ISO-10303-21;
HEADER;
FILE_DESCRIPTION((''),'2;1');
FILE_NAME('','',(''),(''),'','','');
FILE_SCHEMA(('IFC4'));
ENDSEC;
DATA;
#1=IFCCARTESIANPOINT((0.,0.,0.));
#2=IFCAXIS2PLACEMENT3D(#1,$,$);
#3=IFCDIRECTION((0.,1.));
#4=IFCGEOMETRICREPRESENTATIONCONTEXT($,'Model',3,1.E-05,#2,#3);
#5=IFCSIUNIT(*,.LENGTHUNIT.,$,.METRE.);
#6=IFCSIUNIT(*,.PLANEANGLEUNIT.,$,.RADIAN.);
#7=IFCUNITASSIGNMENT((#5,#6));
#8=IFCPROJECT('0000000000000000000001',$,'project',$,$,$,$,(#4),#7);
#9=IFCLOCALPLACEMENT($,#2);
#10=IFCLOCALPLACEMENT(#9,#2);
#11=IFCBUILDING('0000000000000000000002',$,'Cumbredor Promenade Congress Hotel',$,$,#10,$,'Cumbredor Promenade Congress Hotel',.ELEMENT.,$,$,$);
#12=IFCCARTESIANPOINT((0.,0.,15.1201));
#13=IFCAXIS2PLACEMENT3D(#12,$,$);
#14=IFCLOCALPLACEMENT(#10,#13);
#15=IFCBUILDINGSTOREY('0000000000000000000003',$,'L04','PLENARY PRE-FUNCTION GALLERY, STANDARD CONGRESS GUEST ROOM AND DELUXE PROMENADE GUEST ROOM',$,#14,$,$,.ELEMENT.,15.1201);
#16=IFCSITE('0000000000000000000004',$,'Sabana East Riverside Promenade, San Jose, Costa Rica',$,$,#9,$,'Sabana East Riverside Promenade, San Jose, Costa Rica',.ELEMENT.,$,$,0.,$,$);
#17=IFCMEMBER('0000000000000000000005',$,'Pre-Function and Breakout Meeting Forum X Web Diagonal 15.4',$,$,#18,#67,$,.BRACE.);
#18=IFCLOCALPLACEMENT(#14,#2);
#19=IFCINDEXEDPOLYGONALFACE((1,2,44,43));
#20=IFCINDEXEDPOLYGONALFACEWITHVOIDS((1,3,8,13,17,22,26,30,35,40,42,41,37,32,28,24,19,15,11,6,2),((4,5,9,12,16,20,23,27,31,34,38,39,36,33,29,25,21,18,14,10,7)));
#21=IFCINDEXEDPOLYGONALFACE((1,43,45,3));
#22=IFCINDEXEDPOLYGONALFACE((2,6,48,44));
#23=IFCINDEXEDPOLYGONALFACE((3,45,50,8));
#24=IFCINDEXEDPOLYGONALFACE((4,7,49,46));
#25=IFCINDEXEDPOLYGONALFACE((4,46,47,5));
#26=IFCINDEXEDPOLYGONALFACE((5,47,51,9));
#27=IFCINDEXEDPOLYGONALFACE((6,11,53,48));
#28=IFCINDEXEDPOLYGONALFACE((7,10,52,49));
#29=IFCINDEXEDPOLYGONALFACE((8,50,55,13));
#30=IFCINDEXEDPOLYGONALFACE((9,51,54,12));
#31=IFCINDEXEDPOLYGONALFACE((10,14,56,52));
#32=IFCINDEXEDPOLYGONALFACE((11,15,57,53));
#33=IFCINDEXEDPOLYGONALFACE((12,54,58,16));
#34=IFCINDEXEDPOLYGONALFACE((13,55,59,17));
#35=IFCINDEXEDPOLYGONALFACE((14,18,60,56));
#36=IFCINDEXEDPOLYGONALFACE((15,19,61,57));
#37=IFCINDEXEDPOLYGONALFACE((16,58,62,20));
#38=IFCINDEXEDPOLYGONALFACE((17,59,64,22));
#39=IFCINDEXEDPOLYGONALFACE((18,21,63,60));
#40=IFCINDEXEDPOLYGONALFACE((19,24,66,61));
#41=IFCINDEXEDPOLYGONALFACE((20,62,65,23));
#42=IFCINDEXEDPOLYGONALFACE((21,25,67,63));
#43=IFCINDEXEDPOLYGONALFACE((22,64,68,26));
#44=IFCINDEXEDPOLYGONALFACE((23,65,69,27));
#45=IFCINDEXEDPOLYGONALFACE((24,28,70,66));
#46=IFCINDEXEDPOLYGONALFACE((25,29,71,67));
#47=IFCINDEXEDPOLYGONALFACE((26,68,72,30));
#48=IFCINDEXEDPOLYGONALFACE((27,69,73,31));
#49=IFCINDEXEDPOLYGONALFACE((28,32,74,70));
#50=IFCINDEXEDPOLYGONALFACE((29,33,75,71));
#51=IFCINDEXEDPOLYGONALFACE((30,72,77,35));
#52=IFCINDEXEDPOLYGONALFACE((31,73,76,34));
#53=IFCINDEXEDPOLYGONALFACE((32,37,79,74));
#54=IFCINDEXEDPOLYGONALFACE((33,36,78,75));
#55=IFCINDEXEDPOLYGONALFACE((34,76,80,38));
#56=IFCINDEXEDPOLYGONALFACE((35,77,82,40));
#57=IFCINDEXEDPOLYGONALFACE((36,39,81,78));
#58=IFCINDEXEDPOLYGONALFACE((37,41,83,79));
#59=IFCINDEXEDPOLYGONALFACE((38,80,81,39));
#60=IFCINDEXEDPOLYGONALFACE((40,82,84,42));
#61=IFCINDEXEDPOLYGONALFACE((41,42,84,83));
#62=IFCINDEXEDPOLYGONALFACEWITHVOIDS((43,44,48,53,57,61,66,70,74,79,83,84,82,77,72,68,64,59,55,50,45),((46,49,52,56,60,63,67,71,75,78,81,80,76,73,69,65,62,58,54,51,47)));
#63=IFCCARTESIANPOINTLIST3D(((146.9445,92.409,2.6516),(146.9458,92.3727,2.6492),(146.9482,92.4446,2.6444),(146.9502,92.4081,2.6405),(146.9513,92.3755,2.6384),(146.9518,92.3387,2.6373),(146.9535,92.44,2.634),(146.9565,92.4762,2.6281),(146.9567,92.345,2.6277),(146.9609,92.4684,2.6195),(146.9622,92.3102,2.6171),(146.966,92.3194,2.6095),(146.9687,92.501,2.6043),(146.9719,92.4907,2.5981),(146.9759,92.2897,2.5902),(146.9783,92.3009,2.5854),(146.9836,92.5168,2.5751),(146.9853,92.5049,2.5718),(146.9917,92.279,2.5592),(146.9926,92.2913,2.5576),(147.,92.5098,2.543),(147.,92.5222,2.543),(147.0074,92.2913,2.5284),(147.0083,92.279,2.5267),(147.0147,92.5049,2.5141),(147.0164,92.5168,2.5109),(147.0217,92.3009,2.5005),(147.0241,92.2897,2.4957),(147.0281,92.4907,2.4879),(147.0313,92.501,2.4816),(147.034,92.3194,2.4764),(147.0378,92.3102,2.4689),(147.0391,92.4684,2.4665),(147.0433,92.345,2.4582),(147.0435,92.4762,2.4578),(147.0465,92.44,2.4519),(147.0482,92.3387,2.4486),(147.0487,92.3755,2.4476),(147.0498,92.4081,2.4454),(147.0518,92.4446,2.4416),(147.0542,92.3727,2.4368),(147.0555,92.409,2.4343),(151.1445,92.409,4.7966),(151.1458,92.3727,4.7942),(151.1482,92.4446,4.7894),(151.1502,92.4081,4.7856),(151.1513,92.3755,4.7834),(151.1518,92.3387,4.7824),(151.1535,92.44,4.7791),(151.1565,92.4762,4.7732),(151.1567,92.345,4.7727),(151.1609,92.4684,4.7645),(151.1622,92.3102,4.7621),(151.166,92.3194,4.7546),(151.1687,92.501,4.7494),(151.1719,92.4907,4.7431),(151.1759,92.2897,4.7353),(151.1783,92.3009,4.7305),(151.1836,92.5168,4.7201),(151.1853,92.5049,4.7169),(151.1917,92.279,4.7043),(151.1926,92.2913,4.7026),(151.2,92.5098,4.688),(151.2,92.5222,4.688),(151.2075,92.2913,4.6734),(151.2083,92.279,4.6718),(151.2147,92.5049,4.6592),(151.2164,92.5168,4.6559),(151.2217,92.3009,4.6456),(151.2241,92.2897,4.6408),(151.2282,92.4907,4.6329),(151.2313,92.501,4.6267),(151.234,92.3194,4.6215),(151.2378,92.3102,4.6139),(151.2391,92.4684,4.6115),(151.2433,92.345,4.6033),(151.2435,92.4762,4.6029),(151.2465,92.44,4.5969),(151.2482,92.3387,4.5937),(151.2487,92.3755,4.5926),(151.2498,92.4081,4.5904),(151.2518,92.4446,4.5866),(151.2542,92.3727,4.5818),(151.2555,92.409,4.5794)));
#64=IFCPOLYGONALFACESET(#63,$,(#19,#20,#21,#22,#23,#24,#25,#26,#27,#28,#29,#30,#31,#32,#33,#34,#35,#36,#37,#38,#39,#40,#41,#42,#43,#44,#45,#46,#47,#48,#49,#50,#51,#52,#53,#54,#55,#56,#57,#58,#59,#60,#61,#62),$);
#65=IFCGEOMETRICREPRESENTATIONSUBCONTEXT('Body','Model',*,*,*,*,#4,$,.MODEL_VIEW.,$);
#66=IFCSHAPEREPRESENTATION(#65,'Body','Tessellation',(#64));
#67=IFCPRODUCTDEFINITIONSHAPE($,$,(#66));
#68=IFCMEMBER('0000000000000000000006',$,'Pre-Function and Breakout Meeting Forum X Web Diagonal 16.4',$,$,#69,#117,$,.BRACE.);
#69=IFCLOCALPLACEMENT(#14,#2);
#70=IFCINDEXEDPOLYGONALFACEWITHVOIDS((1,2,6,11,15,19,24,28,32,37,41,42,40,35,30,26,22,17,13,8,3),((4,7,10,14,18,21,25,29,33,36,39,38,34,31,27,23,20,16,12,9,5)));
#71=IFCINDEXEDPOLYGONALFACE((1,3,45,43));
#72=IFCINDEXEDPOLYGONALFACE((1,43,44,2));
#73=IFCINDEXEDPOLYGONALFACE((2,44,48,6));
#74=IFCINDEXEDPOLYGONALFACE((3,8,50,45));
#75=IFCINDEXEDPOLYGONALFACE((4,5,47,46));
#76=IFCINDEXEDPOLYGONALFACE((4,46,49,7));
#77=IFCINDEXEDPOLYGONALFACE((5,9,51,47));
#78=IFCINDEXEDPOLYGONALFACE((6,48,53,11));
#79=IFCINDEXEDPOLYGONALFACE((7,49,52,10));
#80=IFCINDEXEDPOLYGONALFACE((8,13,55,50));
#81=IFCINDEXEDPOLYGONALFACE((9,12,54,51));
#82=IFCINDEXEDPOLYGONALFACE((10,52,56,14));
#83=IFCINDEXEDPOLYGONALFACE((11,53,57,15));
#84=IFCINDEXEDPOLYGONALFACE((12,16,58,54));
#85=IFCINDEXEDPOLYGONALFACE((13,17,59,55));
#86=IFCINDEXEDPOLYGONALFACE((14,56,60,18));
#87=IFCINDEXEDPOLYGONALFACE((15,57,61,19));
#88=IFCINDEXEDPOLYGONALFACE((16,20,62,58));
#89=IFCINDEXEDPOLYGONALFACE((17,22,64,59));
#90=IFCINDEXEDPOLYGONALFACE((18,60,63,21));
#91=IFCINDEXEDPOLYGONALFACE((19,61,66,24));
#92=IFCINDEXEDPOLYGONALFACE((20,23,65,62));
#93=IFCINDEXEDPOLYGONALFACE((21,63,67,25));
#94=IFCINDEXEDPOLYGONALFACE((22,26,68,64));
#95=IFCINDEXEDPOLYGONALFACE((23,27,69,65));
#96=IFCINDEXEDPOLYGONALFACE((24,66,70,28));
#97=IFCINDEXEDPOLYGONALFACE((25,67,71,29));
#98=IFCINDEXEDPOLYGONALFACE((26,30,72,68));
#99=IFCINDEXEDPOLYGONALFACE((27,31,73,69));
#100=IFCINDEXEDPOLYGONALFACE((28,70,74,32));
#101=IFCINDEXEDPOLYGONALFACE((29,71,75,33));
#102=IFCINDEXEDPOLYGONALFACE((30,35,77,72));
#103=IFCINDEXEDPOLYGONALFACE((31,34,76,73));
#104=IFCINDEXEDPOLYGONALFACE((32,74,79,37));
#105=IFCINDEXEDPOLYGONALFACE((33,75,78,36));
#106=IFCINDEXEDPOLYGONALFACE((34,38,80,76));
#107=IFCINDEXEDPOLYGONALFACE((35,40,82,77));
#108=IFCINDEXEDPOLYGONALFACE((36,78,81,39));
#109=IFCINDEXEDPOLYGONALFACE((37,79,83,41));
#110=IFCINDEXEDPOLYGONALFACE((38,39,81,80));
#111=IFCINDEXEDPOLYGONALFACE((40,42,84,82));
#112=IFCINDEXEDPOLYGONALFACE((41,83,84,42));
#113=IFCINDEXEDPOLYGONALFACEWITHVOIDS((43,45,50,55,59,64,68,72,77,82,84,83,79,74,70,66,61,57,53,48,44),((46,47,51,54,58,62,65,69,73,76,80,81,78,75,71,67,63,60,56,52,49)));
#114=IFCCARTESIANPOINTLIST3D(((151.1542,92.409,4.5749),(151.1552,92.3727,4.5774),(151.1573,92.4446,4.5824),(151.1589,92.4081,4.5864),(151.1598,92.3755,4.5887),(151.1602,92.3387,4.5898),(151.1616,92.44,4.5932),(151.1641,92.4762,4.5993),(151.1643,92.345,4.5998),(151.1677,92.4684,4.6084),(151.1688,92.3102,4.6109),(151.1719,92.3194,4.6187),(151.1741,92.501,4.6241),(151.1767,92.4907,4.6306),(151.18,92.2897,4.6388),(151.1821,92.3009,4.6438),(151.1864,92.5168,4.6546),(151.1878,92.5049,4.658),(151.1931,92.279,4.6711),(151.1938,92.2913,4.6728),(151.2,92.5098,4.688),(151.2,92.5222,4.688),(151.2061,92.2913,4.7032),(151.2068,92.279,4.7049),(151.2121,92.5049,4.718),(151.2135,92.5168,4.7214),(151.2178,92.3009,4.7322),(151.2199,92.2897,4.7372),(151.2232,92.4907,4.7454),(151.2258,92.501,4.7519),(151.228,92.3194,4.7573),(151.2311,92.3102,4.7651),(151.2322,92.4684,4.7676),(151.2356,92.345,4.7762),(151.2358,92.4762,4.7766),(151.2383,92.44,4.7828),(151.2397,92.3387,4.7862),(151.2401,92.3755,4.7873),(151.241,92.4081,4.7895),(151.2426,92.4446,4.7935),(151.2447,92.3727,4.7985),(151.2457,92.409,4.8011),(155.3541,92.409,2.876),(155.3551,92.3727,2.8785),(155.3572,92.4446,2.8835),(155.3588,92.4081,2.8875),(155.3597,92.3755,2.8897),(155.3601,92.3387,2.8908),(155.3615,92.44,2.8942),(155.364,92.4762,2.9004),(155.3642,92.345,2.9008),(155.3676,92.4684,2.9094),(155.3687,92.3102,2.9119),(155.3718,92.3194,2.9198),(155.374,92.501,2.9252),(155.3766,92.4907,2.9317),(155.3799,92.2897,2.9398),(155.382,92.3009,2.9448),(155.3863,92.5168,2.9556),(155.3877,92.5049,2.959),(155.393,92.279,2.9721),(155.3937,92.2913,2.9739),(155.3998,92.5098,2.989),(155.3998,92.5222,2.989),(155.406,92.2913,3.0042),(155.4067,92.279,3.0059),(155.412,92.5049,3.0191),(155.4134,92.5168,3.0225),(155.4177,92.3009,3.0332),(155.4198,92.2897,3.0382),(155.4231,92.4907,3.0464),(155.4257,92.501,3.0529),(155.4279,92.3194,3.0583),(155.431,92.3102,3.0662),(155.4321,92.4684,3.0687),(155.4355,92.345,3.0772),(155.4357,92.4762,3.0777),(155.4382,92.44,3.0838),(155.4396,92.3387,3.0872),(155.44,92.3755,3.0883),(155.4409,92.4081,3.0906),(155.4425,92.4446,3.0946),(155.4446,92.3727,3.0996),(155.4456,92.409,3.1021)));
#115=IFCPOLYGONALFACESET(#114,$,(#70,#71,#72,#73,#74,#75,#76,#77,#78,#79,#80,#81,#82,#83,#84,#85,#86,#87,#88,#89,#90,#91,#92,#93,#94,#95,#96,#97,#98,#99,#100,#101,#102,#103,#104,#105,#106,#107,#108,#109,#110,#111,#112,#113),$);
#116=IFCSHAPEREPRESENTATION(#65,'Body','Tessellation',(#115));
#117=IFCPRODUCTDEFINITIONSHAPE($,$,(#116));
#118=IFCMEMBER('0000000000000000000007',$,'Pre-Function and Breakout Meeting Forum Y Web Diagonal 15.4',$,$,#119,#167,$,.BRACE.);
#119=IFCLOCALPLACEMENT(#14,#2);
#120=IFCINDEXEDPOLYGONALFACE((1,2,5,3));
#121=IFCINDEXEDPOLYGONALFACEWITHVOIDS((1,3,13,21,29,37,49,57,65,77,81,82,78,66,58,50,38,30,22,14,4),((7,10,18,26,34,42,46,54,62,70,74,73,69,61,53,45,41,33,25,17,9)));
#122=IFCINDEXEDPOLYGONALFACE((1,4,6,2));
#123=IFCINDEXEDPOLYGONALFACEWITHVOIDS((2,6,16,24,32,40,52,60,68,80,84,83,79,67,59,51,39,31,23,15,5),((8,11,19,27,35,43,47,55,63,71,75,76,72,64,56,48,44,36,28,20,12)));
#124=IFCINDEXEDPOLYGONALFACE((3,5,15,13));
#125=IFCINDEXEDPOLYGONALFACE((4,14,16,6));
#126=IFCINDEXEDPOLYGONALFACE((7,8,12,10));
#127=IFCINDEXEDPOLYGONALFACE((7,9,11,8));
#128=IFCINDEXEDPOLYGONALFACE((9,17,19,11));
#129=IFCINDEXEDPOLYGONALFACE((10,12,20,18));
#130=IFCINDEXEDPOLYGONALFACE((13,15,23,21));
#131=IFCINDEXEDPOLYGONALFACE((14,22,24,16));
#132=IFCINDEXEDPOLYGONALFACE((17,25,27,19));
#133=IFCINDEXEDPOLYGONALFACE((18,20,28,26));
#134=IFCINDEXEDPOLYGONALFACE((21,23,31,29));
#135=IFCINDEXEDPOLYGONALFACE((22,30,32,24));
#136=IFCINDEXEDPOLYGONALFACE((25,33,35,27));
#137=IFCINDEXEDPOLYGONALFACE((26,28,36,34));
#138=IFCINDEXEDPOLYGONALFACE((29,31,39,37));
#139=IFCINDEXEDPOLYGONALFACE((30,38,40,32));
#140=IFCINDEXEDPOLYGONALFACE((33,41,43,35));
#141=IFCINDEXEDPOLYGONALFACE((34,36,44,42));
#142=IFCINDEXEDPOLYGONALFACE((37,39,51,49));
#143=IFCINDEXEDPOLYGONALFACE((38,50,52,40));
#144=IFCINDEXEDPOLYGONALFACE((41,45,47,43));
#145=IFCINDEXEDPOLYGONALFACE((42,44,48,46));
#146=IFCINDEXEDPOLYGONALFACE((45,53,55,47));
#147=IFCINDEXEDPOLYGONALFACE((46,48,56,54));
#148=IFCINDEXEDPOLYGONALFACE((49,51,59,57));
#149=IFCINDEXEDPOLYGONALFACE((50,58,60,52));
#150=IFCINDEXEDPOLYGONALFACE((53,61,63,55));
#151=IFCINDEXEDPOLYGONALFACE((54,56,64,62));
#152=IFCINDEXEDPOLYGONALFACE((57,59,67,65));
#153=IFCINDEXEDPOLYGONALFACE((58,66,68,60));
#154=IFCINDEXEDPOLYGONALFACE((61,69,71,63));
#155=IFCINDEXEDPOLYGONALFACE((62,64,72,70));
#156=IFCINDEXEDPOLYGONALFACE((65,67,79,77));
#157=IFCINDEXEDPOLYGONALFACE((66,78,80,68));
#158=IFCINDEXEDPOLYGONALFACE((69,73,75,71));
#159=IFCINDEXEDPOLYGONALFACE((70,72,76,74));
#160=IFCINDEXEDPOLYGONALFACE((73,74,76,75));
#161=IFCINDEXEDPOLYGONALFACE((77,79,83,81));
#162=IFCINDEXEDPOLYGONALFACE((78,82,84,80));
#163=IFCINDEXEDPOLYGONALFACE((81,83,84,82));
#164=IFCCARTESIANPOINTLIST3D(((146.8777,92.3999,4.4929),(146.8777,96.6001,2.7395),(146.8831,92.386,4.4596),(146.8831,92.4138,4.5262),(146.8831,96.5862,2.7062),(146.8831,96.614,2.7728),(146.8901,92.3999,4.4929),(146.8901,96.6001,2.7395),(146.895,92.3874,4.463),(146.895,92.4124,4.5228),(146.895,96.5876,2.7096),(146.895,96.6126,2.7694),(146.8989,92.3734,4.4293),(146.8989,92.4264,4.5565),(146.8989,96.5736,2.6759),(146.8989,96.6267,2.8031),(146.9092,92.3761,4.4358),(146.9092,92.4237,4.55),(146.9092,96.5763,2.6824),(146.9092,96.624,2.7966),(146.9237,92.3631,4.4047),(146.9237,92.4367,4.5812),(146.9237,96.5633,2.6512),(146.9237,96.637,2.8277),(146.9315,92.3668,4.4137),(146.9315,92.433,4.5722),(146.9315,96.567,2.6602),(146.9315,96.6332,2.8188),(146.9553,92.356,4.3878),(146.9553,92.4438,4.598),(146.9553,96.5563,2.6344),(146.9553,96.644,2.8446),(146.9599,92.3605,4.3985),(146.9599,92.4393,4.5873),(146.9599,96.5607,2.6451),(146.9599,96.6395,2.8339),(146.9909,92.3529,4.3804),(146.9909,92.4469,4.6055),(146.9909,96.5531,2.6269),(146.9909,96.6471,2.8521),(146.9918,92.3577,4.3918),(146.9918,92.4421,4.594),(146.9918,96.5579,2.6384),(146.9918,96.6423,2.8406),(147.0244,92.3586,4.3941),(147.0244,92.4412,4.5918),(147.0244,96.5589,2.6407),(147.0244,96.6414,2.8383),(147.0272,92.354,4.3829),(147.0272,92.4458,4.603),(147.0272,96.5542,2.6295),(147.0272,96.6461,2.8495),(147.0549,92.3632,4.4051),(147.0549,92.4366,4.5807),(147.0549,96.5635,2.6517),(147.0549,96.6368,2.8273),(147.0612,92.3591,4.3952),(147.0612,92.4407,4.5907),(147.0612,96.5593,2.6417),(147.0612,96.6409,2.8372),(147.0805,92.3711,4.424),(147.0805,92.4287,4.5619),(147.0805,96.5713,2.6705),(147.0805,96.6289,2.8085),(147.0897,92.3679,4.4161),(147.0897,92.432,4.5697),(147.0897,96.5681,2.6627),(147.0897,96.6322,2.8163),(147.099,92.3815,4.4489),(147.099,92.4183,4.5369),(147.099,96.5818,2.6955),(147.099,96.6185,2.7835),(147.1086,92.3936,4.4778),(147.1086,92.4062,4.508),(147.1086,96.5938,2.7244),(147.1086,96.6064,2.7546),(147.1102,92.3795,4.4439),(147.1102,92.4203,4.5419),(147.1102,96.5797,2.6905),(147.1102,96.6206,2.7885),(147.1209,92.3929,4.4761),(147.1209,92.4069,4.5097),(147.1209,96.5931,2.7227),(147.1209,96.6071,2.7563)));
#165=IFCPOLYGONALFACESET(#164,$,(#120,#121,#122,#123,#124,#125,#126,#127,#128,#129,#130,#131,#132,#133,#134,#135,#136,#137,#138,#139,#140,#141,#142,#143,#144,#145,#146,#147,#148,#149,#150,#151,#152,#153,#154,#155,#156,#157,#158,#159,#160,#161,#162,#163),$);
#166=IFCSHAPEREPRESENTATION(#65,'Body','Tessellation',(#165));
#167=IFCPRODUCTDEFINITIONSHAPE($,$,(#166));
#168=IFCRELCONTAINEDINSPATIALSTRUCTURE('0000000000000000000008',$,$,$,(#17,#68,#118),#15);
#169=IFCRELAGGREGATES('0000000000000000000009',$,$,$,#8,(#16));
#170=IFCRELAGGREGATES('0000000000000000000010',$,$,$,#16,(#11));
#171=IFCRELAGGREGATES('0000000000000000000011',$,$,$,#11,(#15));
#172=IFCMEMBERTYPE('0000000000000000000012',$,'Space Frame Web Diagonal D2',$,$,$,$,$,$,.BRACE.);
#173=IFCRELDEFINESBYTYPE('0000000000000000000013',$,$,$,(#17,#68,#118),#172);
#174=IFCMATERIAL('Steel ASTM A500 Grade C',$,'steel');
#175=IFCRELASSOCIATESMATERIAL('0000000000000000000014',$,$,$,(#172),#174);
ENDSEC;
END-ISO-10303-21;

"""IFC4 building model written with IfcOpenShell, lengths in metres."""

from ifc_helpers import new_model, si_unit, direction, frame, origin, origin_2d, place, context, subcontext, project, spatial, hollow_circle, extrude, material, material_profile, profile_set, type_object, element, save


model = new_model("IFC4")

# Units and contexts
model_context = context("Model", 3, precision=1e-05, world=origin(), true_north=direction((0.0, 1.0)))
body_context = subcontext(model_context, "Body", "Model", "MODEL_VIEW")
ifc_project = project(units=[si_unit("LENGTHUNIT", "METRE"), si_unit("PLANEANGLEUNIT", "RADIAN")], contexts=[model_context])

# Site, building, storey
site_placement = place(None, origin())
site = spatial("IfcSite", under=ifc_project, at=site_placement, Name="Sabana East Riverside Promenade, San Jose, Costa Rica", LongName="Sabana East Riverside Promenade, San Jose, Costa Rica", CompositionType="ELEMENT", RefElevation=0.0)
building_placement = place(site_placement, origin())
building = spatial("IfcBuilding", under=site, at=building_placement, Name="Cumbredor Promenade Congress Hotel", LongName="Cumbredor Promenade Congress Hotel", CompositionType="ELEMENT")
storey_placement = place(building_placement, frame((0.0, 0.0, 15.1201)))
storey = spatial("IfcBuildingStorey", under=building, at=storey_placement, Name="L04", Description="PLENARY PRE-FUNCTION GALLERY, STANDARD CONGRESS GUEST ROOM AND DELUXE PROMENADE GUEST ROOM", CompositionType="ELEMENT", Elevation=15.1201)

# Members
ifc_material_1 = material(Name="Steel ASTM A500 Grade C", Category="steel")
ifc_material_profile_1 = material_profile(ifc_material_1, hollow_circle(Radius=0.1223, WallThickness=0.0125, at=origin_2d()), Name="CHS 244.5x12.5")
ifc_profile_set_1 = profile_set([ifc_material_profile_1], Name="Steel ASTM A500 Grade C")
member_type_1 = type_object("IfcMemberType", Name="Space Frame Web Diagonal D2", PredefinedType="BRACE", material=ifc_profile_set_1)
member_1_placement = place(storey_placement, frame((147.0, 92.3999, 2.543), z_axis=(0.890574, 0.0, 0.454838), x_axis=(0.0, 1.0, 0.0)))
element("IfcMember", 1, at=member_1_placement, inside=storey, type_object=member_type_1, Name="Pre-Function and Breakout Meeting Forum X Web Diagonal 15.4", PredefinedType="BRACE", context=body_context, shape_type="SweptSolid", body=[
    extrude(hollow_circle(Radius=0.1223, WallThickness=0.0125, at=origin_2d()), origin(), (0.0, 0.0, 1.0), 4.7161),
])
member_2_placement = place(storey_placement, frame((151.2, 92.3999, 4.688), z_axis=(0.927024, 0.0, -0.375002), x_axis=(0.0, 1.0, 0.0)))
element("IfcMember", 2, at=member_2_placement, inside=storey, type_object=member_type_1, Name="Pre-Function and Breakout Meeting Forum X Web Diagonal 16.4", PredefinedType="BRACE", context=body_context, shape_type="SweptSolid", body=[
    extrude(hollow_circle(Radius=0.1223, WallThickness=0.0125, at=origin_2d()), origin(), (0.0, 0.0, 1.0), 4.5305),
])
member_3_placement = place(storey_placement, frame((147.0, 92.3999, 4.4929), z_axis=(0.0, 0.922816, -0.38524), x_axis=(-1.0, 0.0, 0.0)))
element("IfcMember", 3, at=member_3_placement, inside=storey, type_object=member_type_1, Name="Pre-Function and Breakout Meeting Forum Y Web Diagonal 15.4", PredefinedType="BRACE", context=body_context, shape_type="SweptSolid", body=[
    extrude(hollow_circle(Radius=0.1223, WallThickness=0.0125, at=origin_2d()), origin(), (0.0, 0.0, 1.0), 4.5515),
])

save(model, "model.ifc")
